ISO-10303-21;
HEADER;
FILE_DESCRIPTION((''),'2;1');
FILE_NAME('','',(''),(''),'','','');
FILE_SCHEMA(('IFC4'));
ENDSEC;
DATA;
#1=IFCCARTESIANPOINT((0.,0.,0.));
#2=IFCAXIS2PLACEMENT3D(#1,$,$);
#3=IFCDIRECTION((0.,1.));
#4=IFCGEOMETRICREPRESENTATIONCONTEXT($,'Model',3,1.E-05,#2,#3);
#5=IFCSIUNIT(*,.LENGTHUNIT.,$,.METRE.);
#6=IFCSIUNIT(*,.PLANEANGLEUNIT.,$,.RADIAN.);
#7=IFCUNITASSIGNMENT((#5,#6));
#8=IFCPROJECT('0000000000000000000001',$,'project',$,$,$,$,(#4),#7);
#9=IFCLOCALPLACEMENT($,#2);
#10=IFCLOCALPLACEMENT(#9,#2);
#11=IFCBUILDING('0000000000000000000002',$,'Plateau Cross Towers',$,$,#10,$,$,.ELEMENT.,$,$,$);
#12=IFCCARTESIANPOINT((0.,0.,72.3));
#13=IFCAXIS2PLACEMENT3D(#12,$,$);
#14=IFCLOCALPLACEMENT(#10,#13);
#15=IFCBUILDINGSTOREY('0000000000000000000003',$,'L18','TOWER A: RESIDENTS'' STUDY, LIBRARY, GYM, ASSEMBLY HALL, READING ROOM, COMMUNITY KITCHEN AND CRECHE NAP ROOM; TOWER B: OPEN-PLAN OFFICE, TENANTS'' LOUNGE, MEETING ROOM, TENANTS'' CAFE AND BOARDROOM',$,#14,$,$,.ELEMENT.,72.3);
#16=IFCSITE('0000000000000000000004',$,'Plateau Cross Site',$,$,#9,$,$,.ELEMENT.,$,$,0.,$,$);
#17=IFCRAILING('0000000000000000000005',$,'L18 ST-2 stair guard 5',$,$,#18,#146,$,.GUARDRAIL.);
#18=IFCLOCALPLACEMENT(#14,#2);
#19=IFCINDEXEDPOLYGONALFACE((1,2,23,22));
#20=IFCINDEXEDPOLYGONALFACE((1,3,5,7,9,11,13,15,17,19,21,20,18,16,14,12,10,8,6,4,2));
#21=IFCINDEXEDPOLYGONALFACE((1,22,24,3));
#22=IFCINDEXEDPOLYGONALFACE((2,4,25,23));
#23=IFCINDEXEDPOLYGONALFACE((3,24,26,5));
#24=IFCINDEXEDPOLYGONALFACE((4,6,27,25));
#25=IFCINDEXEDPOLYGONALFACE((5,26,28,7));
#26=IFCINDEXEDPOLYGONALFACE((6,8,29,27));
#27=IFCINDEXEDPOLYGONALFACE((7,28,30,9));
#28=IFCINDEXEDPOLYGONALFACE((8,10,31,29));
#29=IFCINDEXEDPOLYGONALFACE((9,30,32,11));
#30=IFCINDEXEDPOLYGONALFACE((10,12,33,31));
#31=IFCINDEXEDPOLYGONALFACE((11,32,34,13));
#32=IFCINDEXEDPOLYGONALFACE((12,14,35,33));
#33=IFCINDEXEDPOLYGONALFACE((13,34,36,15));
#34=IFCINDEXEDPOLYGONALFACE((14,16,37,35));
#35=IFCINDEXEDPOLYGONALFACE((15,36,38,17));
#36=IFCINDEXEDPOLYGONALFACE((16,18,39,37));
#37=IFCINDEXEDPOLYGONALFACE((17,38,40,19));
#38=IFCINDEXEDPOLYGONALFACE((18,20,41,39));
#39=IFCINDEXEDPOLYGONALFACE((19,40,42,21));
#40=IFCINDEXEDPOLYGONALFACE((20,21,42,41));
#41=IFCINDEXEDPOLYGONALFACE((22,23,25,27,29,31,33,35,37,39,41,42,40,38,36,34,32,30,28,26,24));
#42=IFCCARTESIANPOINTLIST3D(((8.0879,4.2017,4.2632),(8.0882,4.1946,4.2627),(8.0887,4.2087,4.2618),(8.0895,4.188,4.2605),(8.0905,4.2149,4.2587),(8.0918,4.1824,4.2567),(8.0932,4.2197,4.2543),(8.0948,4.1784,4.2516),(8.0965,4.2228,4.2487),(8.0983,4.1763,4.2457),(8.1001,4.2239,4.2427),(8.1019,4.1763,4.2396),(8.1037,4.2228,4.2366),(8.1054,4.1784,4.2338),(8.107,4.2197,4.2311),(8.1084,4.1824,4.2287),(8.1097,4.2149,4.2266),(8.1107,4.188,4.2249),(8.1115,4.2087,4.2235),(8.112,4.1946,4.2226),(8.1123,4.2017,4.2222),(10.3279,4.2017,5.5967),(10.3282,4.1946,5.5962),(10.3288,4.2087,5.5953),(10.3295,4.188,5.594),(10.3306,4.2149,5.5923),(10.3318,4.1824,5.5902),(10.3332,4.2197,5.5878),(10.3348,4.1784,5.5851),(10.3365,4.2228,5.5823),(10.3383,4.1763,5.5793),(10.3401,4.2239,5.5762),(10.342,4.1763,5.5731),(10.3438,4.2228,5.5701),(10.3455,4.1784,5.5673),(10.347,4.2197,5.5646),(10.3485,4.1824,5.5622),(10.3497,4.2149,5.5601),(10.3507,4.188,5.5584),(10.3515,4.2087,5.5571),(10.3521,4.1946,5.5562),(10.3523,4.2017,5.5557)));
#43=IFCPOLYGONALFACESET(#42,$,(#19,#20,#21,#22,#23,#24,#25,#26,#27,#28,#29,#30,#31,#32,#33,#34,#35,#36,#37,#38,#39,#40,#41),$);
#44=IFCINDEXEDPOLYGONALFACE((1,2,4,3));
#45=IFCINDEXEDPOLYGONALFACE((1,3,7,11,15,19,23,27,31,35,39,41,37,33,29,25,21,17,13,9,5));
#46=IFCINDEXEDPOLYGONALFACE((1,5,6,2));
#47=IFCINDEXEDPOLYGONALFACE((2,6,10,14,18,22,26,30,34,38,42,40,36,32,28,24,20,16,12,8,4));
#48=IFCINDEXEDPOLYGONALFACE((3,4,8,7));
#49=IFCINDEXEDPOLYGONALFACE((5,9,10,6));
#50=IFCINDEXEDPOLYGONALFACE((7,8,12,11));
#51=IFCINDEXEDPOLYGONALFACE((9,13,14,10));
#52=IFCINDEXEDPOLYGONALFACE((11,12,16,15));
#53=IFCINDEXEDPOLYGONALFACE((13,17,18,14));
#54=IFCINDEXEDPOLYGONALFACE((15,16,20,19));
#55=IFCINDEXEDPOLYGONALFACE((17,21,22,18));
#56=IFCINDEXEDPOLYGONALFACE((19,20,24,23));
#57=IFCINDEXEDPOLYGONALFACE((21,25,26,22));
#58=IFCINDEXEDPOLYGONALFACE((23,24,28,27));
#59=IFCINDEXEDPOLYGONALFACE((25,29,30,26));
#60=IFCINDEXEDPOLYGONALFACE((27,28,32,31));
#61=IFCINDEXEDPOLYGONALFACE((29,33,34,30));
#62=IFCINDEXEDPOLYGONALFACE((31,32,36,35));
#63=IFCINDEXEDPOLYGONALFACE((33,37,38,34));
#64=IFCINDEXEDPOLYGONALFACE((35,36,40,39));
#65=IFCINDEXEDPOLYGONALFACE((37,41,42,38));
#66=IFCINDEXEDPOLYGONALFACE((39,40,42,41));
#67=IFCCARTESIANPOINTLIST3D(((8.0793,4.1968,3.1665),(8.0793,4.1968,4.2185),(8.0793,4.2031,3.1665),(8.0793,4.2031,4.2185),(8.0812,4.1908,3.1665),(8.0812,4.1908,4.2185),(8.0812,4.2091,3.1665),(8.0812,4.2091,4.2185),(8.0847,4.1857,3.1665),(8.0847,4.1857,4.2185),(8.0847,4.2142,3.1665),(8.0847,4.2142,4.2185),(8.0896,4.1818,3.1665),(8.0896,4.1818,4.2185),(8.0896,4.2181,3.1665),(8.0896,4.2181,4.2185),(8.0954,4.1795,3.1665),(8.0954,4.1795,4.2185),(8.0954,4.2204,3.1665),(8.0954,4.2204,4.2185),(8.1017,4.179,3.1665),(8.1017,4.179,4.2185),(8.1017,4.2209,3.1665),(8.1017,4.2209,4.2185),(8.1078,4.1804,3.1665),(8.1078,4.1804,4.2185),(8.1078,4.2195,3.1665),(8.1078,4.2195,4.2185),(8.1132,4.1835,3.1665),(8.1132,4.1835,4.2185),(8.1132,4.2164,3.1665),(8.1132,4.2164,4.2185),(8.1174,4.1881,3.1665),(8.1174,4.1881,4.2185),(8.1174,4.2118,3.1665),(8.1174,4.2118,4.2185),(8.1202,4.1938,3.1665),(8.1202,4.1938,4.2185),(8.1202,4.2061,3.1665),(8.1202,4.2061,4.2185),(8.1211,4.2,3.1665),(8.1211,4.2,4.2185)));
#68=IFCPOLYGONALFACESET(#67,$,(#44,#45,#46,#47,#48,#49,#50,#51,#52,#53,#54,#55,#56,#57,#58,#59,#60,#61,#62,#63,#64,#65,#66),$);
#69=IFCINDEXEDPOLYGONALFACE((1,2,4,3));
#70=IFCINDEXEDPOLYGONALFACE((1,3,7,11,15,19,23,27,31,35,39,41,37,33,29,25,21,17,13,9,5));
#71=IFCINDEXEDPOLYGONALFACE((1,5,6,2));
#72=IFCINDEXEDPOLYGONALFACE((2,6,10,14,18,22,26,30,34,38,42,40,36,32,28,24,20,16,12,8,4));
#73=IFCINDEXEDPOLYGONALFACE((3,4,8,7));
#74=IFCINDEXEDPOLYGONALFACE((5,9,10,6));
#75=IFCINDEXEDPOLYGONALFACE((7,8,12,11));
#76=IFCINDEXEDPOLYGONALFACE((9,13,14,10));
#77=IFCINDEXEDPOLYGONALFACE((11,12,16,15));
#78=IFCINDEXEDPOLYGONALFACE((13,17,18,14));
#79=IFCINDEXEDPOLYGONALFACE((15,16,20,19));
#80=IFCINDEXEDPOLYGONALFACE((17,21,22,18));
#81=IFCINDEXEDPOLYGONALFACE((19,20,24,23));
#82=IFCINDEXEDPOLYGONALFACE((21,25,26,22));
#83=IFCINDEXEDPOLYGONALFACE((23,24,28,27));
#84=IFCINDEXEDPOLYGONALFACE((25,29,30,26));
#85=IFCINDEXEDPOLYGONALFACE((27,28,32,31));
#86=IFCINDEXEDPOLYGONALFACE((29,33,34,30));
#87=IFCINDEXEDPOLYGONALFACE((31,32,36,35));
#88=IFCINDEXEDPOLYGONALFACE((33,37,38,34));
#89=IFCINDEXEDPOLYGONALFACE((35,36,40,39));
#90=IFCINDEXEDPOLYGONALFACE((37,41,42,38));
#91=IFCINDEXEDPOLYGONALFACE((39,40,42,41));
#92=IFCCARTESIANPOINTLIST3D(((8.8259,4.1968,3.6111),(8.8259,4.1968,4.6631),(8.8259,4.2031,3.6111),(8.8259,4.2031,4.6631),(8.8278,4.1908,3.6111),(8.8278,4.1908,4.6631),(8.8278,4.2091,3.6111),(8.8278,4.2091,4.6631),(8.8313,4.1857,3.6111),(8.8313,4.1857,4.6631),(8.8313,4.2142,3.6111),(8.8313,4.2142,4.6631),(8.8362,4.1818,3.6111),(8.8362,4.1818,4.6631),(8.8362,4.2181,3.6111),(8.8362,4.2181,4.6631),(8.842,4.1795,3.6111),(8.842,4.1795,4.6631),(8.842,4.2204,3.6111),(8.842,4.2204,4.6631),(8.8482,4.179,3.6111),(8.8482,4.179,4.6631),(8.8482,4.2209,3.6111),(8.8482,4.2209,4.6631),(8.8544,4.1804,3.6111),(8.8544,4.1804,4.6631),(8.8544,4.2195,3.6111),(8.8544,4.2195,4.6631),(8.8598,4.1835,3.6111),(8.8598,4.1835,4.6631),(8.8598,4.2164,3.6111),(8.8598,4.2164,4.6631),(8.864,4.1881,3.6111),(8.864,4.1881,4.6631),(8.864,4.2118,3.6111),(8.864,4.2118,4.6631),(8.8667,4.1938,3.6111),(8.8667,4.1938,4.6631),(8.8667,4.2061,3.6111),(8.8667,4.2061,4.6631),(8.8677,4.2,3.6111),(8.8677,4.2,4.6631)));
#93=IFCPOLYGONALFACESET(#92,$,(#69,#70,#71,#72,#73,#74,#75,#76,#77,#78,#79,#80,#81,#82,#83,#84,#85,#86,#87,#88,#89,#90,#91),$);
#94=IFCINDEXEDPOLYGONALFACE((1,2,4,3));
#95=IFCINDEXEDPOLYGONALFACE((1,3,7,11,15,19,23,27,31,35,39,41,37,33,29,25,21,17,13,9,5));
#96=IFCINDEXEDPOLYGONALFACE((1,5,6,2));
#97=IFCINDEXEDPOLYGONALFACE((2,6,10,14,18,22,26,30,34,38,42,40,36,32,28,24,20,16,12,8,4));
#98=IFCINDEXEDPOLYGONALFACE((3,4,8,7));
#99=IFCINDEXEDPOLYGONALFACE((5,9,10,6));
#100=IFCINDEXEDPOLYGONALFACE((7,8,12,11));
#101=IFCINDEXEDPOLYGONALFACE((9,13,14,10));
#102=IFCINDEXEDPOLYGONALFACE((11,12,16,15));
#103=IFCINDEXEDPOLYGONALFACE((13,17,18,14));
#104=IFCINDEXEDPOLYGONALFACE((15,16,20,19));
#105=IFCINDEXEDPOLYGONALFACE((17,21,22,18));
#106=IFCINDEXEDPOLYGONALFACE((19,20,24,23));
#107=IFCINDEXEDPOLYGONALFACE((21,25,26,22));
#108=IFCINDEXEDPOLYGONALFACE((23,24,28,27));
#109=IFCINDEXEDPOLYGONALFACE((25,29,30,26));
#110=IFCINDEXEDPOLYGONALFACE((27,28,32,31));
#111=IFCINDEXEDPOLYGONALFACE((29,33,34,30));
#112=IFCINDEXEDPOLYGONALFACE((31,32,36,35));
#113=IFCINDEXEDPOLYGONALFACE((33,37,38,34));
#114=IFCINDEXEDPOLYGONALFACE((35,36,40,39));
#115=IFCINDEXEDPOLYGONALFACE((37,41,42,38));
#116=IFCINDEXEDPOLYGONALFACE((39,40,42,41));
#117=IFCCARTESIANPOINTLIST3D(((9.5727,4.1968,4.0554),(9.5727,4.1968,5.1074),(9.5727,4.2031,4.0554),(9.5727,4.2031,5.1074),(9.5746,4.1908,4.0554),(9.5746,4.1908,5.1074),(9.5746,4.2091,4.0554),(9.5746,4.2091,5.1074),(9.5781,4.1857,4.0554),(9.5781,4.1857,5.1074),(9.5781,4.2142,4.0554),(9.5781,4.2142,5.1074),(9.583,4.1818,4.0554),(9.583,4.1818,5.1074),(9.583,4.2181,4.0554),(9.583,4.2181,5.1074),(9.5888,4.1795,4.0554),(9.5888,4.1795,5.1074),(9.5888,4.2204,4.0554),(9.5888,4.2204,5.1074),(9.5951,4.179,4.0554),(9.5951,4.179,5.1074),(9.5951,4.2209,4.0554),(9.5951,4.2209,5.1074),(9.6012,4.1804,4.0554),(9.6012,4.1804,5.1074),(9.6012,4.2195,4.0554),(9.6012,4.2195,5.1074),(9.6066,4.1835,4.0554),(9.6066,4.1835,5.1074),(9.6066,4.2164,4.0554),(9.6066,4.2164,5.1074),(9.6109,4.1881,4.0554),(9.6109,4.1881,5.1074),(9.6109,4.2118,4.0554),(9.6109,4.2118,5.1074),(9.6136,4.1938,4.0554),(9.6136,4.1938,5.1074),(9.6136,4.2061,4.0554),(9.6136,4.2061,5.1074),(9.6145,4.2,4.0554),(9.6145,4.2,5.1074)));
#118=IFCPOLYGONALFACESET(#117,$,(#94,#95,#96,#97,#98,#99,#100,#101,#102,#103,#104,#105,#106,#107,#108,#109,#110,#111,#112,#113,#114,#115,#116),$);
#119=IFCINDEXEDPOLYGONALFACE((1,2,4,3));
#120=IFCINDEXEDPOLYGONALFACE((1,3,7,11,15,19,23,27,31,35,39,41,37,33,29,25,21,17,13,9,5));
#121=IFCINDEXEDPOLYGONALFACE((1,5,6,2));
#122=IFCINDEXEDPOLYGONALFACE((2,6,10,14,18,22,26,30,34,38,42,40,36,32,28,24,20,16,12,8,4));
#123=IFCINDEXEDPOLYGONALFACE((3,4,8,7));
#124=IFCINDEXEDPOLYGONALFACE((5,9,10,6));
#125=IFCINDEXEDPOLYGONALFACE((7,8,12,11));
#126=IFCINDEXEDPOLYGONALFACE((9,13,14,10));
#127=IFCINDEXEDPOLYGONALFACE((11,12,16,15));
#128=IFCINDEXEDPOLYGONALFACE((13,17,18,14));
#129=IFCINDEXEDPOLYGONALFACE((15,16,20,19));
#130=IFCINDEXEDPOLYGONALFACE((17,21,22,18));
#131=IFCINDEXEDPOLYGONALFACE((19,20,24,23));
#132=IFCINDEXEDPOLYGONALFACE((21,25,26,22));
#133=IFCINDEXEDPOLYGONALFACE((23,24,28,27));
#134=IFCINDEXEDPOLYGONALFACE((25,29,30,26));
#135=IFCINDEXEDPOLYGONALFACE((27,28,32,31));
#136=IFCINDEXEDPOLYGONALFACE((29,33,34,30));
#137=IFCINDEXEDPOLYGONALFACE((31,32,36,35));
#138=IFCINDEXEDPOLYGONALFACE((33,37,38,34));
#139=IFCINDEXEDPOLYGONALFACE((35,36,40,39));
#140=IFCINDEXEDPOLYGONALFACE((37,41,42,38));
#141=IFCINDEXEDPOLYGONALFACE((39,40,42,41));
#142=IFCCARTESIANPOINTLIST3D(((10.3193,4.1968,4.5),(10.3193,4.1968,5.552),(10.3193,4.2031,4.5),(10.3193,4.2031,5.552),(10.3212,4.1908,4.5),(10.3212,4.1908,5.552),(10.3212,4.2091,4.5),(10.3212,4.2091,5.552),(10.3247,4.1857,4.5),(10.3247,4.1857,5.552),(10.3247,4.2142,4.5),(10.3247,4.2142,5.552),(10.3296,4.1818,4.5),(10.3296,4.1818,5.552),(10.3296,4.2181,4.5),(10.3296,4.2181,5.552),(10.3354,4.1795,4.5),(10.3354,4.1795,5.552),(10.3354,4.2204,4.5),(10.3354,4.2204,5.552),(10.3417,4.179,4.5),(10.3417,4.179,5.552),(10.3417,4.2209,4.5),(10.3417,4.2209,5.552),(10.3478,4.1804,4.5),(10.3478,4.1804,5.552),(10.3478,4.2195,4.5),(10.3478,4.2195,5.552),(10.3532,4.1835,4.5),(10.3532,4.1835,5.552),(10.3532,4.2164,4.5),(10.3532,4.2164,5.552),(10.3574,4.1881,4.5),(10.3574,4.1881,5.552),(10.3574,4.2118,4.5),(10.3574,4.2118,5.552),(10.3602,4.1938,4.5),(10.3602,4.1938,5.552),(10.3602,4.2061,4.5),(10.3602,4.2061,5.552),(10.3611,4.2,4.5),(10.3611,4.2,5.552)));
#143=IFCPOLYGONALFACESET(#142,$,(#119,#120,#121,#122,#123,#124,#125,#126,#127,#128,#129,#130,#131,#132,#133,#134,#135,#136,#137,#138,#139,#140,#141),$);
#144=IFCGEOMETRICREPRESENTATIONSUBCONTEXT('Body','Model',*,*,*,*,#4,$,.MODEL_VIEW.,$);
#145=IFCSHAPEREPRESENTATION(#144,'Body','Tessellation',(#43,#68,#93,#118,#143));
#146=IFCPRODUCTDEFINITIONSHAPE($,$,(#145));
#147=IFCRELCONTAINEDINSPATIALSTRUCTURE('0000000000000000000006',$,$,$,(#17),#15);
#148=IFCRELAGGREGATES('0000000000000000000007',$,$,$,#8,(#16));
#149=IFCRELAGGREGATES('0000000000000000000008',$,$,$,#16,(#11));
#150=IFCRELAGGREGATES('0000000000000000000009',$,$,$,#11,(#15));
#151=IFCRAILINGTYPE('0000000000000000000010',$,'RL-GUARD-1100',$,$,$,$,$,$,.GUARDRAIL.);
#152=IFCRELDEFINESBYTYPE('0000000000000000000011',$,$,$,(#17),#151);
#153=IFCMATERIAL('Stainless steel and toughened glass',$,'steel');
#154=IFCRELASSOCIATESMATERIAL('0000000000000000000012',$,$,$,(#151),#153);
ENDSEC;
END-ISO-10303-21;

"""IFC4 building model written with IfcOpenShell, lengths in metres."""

from ifc_helpers import new_model, si_unit, direction, frame, origin, origin_2d, place, context, subcontext, project, spatial, circle, extrude, material, type_object, element, save


model = new_model("IFC4")

# Units and contexts
model_context = context("Model", 3, precision=1e-05, world=origin(), true_north=direction((0.0, 1.0)))
body_context = subcontext(model_context, "Body", "Model", "MODEL_VIEW")
ifc_project = project(units=[si_unit("LENGTHUNIT", "METRE"), si_unit("PLANEANGLEUNIT", "RADIAN")], contexts=[model_context])

# Site, building, storey
site_placement = place(None, origin())
site = spatial("IfcSite", under=ifc_project, at=site_placement, Name="Plateau Cross Site", CompositionType="ELEMENT", RefElevation=0.0)
building_placement = place(site_placement, origin())
building = spatial("IfcBuilding", under=site, at=building_placement, Name="Plateau Cross Towers", CompositionType="ELEMENT")
storey_placement = place(building_placement, frame((0.0, 0.0, 72.3)))
storey = spatial("IfcBuildingStorey", under=building, at=storey_placement, Name="L18", Description="TOWER A: RESIDENTS' STUDY, LIBRARY, GYM, ASSEMBLY HALL, READING ROOM, COMMUNITY KITCHEN AND CRECHE NAP ROOM; TOWER B: OPEN-PLAN OFFICE, TENANTS' LOUNGE, MEETING ROOM, TENANTS' CAFE AND BOARDROOM", CompositionType="ELEMENT", Elevation=72.3)

# Railing
ifc_material_1 = material(Name="Stainless steel and toughened glass", Category="steel")
railing_type_1 = type_object("IfcRailingType", Name="RL-GUARD-1100", PredefinedType="GUARDRAIL", material=ifc_material_1)
railing_1_placement = place(storey_placement, frame((8.1001, 4.2, 3.1665)))
element("IfcRailing", 1, at=railing_1_placement, inside=storey, type_object=railing_type_1, Name="L18 ST-2 stair guard 5", PredefinedType="GUARDRAIL", context=body_context, shape_type="SweptSolid", body=[
    extrude(circle(Radius=0.0239, at=origin_2d()), frame((0.0, 0.0, 1.0762), z_axis=(0.859264, 0.0, 0.511532), x_axis=(0.0, 1.0, 0.0)), (0.0, 0.0, 1.0), 2.6069),
    extrude(circle(Radius=0.021, at=origin_2d()), origin(), (0.0, 0.0, 1.0), 1.052),
    extrude(circle(Radius=0.021, at=origin_2d()), frame((0.7466, 0.0, 0.4446)), (0.0, 0.0, 1.0), 1.052),
    extrude(circle(Radius=0.021, at=origin_2d()), frame((1.4934, 0.0, 0.8889)), (0.0, 0.0, 1.0), 1.052),
    extrude(circle(Radius=0.021, at=origin_2d()), frame((2.24, 0.0, 1.3335)), (0.0, 0.0, 1.0), 1.052),
])

save(model, "model.ifc")
